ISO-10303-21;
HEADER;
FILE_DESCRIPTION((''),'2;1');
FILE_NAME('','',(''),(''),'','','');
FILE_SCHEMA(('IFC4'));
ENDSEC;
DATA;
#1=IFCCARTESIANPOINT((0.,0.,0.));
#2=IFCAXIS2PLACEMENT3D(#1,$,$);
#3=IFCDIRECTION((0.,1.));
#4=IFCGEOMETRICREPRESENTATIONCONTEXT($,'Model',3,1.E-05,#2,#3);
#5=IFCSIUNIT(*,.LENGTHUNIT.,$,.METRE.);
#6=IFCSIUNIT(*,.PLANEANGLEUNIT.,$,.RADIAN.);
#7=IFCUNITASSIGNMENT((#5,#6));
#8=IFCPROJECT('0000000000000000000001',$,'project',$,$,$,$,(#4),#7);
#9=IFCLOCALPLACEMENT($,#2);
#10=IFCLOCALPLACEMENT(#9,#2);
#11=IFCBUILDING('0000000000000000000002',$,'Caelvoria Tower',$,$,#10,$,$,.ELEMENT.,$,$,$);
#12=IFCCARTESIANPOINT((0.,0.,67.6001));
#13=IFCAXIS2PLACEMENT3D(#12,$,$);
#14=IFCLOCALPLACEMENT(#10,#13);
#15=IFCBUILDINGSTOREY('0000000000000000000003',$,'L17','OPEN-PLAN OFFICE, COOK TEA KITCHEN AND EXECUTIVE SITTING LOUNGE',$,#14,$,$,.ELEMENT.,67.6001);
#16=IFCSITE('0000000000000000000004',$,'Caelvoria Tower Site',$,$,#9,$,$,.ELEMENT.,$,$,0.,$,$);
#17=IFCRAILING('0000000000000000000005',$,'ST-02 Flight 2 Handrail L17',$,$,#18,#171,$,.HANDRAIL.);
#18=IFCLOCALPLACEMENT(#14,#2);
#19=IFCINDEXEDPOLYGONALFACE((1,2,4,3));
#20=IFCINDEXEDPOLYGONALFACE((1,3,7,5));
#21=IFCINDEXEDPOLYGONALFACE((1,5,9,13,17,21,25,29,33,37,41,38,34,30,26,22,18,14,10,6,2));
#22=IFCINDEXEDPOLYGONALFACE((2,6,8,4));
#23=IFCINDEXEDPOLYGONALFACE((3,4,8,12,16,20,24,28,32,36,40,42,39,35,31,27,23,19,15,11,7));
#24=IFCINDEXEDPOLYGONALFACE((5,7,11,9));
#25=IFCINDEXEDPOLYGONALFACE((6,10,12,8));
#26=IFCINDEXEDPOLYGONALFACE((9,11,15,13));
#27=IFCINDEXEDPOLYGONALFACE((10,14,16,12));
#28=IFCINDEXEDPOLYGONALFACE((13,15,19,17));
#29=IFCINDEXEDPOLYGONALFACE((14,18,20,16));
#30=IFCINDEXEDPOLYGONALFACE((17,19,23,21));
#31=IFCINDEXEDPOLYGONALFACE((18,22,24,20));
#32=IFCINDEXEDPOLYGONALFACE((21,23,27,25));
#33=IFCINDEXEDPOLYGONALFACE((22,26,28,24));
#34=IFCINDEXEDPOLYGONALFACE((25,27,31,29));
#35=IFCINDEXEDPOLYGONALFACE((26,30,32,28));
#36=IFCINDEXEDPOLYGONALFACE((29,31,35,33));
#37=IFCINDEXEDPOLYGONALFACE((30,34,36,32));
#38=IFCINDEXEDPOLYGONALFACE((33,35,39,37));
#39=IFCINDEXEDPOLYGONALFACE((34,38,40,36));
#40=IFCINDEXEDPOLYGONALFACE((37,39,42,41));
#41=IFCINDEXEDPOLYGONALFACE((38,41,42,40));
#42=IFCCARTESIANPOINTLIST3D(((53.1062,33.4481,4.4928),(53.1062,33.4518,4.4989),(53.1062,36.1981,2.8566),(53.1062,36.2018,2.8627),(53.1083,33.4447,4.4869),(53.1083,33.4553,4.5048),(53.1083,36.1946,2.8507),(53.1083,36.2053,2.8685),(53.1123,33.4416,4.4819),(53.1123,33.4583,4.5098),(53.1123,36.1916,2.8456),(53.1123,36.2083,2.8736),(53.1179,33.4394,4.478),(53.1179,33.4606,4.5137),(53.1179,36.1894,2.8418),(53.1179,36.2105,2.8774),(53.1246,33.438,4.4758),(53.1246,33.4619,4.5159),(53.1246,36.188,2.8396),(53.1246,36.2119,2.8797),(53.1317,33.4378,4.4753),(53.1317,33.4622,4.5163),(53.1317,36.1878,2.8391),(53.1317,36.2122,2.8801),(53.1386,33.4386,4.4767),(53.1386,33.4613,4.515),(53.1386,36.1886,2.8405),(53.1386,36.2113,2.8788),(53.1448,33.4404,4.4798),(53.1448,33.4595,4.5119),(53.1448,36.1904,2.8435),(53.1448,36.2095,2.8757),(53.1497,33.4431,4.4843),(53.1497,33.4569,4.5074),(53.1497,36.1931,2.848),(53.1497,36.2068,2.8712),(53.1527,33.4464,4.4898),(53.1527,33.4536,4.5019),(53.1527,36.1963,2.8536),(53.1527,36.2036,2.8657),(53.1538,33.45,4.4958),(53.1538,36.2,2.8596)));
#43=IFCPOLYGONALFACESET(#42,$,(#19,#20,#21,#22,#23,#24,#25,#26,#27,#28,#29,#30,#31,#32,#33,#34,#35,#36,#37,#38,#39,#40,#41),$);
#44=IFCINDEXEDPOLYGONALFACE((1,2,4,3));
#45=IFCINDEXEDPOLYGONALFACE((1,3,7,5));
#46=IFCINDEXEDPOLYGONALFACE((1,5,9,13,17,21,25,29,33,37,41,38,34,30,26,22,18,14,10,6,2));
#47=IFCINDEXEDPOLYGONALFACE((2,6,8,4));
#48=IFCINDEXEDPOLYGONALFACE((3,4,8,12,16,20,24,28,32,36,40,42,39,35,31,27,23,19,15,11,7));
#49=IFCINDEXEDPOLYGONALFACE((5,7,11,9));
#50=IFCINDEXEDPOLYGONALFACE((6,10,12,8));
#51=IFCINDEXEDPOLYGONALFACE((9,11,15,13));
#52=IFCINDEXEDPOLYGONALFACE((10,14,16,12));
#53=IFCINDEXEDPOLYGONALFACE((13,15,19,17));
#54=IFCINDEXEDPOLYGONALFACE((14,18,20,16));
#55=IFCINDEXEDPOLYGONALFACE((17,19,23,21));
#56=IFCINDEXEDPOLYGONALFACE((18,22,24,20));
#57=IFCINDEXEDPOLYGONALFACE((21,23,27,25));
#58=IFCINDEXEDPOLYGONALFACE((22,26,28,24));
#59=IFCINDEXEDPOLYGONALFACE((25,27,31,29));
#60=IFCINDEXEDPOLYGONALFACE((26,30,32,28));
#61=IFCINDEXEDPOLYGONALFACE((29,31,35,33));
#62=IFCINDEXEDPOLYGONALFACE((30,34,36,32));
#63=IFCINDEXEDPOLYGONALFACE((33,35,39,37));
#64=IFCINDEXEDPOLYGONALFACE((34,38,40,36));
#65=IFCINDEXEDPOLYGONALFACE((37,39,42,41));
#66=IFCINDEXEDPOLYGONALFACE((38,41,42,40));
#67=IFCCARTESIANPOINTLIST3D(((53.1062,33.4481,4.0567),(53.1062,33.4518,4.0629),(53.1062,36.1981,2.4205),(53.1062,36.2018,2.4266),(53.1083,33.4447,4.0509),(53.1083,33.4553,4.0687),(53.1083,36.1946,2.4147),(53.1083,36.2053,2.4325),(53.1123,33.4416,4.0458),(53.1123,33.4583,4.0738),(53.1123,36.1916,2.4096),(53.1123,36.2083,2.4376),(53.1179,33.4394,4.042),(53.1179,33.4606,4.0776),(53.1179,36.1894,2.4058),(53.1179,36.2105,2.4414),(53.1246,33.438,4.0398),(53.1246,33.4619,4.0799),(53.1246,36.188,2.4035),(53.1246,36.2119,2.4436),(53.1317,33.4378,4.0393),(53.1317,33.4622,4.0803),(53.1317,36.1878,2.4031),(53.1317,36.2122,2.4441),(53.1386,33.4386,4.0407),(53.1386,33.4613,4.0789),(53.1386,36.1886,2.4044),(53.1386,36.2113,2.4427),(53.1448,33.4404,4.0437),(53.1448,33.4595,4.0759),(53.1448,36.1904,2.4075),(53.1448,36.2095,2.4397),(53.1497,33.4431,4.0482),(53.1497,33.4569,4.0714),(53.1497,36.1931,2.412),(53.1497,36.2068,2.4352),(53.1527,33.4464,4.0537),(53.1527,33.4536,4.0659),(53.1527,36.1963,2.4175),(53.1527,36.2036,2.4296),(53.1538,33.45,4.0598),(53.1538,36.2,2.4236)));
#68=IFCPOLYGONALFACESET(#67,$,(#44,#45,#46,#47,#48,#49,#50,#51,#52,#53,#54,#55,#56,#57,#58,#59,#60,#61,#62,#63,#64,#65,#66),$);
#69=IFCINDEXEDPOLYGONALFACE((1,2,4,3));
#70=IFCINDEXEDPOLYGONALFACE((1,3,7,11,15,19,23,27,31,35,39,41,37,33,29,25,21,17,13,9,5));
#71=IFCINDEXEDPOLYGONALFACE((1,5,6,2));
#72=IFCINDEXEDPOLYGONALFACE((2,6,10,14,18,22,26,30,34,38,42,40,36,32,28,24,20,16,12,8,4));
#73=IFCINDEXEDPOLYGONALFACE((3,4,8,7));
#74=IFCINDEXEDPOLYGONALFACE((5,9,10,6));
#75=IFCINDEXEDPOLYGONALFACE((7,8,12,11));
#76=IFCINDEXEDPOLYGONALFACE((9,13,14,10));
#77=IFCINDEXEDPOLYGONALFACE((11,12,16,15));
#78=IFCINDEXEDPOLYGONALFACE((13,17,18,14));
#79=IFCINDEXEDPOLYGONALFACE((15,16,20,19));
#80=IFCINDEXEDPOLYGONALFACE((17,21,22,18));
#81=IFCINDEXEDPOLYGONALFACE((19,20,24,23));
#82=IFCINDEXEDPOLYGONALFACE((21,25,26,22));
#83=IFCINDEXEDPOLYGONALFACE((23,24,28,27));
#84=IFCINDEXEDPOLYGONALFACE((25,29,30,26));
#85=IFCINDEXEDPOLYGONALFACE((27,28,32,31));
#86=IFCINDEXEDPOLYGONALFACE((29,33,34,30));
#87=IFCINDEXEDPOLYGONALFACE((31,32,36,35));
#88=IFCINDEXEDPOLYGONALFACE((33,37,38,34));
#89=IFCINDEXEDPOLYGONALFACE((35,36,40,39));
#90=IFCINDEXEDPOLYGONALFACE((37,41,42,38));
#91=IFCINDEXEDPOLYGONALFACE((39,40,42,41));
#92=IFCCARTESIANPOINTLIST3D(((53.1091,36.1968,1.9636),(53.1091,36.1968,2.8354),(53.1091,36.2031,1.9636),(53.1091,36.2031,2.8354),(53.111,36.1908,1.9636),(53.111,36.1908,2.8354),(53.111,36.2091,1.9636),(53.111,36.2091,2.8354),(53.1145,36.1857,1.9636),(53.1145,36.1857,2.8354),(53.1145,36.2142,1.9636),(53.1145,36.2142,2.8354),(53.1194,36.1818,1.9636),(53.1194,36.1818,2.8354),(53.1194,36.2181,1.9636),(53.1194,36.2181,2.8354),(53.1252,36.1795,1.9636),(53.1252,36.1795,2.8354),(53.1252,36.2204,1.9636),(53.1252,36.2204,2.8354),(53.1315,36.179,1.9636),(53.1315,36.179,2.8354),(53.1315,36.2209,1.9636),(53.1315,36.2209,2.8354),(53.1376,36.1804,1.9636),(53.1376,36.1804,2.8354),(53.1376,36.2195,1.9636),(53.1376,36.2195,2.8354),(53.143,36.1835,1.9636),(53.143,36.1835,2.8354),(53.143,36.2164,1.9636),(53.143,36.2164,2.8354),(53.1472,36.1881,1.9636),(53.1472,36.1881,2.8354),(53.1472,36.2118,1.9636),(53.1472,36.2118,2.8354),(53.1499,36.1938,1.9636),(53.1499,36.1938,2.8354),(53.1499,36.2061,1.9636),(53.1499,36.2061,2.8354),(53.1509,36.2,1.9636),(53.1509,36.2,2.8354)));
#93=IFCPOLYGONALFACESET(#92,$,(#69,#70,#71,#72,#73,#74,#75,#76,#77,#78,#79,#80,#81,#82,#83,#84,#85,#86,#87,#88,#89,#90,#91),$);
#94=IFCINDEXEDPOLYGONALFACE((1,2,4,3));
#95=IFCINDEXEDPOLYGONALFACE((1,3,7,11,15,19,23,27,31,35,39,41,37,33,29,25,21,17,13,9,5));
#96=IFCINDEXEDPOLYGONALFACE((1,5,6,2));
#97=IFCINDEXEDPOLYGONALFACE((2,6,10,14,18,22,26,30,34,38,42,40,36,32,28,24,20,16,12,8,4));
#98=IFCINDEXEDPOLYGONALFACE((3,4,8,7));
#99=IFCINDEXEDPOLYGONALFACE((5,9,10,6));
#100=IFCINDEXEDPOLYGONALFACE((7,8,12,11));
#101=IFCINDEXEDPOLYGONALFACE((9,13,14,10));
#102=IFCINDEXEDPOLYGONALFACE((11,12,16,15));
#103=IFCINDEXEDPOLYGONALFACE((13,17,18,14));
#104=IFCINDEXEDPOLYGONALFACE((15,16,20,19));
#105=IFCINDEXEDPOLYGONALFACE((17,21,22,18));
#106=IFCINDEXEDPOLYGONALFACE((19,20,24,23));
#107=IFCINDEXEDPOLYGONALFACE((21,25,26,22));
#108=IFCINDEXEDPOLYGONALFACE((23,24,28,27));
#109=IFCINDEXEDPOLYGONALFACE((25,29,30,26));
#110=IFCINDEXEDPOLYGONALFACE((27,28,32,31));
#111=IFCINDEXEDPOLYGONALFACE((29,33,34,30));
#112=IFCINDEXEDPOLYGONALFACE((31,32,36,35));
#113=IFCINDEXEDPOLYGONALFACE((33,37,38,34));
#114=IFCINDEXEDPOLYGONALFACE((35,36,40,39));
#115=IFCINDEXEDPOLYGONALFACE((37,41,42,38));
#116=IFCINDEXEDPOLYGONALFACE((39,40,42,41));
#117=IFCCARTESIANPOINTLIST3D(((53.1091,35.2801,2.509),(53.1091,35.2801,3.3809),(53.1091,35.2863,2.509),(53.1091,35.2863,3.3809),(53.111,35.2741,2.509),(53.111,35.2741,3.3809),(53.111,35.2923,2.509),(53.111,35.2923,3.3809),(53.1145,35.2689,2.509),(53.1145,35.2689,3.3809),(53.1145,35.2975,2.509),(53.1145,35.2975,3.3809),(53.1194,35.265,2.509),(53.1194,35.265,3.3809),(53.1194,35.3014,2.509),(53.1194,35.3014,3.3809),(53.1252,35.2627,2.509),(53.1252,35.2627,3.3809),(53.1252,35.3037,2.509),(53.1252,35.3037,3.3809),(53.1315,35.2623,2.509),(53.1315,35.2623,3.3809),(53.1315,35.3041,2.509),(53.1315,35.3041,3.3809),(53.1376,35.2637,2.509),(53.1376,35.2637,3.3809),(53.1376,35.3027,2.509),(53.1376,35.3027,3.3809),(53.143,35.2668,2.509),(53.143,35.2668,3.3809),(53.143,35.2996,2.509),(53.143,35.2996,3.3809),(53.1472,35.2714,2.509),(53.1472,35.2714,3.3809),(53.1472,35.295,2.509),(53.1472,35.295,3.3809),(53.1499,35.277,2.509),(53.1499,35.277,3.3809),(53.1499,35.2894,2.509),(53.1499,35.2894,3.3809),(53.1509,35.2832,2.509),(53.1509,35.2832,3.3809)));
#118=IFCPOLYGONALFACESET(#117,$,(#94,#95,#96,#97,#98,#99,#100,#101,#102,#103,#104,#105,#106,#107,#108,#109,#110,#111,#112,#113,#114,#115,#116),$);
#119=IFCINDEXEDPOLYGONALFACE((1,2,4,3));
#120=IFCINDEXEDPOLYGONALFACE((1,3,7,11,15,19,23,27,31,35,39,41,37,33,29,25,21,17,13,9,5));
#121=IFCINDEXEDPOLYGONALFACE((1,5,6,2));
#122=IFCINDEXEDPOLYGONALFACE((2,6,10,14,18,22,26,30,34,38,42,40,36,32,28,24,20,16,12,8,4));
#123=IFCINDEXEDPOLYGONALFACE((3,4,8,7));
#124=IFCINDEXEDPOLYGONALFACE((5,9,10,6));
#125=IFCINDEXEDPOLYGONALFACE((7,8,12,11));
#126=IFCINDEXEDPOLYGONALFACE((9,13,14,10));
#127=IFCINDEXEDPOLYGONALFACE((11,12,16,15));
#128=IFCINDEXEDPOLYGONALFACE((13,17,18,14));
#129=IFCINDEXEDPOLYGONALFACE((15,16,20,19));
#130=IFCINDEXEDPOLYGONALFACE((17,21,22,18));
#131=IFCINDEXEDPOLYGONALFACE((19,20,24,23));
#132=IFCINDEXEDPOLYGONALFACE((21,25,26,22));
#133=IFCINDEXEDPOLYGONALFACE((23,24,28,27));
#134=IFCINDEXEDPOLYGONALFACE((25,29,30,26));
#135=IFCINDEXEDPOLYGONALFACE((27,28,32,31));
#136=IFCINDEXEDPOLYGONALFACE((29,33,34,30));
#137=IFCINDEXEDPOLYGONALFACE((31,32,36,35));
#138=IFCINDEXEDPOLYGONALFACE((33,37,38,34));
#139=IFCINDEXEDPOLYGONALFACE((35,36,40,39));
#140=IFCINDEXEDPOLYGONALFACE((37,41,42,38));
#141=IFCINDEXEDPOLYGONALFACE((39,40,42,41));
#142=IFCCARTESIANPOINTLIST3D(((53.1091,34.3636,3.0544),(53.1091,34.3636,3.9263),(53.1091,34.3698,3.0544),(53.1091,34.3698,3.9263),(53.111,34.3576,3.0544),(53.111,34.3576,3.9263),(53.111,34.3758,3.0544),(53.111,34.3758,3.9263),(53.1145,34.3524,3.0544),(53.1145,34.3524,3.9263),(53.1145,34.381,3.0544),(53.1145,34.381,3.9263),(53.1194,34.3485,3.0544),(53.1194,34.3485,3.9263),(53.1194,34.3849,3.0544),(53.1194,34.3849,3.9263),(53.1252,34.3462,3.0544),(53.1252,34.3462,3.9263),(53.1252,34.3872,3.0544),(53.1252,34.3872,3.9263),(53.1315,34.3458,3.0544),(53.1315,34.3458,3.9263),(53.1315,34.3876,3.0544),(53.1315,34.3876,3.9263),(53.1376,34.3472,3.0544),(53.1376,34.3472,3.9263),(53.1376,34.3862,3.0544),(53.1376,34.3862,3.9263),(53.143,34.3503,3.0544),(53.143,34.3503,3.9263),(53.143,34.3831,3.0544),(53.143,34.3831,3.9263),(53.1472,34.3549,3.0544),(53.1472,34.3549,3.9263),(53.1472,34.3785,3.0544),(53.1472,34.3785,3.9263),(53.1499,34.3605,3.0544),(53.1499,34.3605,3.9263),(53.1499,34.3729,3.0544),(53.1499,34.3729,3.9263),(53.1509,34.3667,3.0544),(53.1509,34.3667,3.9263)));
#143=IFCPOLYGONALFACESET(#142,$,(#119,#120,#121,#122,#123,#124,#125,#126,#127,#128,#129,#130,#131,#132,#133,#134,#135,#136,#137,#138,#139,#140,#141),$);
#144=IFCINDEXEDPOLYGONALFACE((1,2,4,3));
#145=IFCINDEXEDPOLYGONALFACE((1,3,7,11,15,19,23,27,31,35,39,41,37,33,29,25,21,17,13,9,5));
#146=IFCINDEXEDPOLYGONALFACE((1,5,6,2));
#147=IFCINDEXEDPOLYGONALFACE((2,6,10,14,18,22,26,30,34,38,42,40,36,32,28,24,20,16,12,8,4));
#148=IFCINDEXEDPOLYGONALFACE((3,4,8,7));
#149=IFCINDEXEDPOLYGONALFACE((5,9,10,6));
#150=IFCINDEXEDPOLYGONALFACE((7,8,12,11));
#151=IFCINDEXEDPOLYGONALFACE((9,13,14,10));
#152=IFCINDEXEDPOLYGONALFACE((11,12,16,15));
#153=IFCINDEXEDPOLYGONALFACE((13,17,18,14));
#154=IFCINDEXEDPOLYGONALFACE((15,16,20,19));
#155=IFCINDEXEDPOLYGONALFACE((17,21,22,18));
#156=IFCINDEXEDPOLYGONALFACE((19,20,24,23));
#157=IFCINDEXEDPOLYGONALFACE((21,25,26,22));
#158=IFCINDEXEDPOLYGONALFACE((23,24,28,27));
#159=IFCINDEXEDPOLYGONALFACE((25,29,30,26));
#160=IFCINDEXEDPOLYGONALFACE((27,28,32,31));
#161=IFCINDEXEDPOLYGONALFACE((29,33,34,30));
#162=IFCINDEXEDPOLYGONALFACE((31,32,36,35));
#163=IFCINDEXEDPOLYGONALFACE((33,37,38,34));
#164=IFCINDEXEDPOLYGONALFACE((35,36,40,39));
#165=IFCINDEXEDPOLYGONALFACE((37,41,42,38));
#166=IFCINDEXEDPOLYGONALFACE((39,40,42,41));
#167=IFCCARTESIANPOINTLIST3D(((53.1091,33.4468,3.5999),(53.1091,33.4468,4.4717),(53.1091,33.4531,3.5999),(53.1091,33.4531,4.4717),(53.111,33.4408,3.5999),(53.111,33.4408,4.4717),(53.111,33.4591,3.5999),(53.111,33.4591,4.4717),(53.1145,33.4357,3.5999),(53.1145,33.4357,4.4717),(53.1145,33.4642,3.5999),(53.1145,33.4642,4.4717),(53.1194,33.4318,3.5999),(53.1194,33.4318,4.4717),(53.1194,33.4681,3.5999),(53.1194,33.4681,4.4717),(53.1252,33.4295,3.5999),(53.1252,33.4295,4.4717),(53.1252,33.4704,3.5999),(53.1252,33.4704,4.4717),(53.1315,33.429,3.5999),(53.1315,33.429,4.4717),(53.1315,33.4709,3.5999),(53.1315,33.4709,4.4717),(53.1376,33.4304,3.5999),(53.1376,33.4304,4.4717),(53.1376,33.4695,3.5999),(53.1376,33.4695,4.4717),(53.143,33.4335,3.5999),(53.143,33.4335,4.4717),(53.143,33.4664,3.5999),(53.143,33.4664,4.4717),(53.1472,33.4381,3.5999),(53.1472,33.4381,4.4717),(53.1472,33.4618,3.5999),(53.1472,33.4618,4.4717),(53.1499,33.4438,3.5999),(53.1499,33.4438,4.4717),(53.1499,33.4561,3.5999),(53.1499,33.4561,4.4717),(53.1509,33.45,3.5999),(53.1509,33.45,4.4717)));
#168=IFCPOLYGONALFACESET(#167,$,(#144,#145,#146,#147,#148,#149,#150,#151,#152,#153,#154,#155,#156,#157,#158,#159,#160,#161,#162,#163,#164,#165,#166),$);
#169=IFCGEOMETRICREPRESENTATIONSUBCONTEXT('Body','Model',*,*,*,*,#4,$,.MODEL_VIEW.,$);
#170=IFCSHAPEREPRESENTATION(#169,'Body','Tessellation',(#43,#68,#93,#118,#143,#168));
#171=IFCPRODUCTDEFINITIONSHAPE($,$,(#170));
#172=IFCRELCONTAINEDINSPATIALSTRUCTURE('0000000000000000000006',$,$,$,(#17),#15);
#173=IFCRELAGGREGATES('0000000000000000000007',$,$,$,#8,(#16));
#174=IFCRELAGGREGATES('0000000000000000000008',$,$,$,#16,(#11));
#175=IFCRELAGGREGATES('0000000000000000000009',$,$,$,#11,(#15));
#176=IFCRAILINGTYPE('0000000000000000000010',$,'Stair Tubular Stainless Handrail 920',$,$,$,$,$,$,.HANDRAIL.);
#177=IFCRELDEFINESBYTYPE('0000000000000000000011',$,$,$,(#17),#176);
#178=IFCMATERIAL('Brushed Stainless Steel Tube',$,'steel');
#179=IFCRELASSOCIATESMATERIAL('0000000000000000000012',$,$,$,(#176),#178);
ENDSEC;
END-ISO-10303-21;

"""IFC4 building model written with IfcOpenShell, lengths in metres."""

from ifc_helpers import new_model, si_unit, direction, frame, origin, origin_2d, place, context, subcontext, project, spatial, circle, extrude, material, type_object, element, save


model = new_model("IFC4")

# Units and contexts
model_context = context("Model", 3, precision=1e-05, world=origin(), true_north=direction((0.0, 1.0)))
body_context = subcontext(model_context, "Body", "Model", "MODEL_VIEW")
ifc_project = project(units=[si_unit("LENGTHUNIT", "METRE"), si_unit("PLANEANGLEUNIT", "RADIAN")], contexts=[model_context])

# Site, building, storey
site_placement = place(None, origin())
site = spatial("IfcSite", under=ifc_project, at=site_placement, Name="Caelvoria Tower Site", CompositionType="ELEMENT", RefElevation=0.0)
building_placement = place(site_placement, origin())
building = spatial("IfcBuilding", under=site, at=building_placement, Name="Caelvoria Tower", CompositionType="ELEMENT")
storey_placement = place(building_placement, frame((0.0, 0.0, 67.6001)))
storey = spatial("IfcBuildingStorey", under=building, at=storey_placement, Name="L17", Description="OPEN-PLAN OFFICE, COOK TEA KITCHEN AND EXECUTIVE SITTING LOUNGE", CompositionType="ELEMENT", Elevation=67.6001)

# Railing
ifc_material_1 = material(Name="Brushed Stainless Steel Tube", Category="steel")
railing_type_1 = type_object("IfcRailingType", Name="Stair Tubular Stainless Handrail 920", PredefinedType="HANDRAIL", material=ifc_material_1)
railing_1_placement = place(storey_placement, frame((53.1299, 36.2, 1.9636)))
element("IfcRailing", 1, at=railing_1_placement, inside=storey, type_object=railing_type_1, Name="ST-02 Flight 2 Handrail L17", PredefinedType="HANDRAIL", context=body_context, shape_type="SweptSolid", body=[
    extrude(circle(Radius=0.0239, at=origin_2d()), frame((0.0, 0.0, 0.896), z_axis=(0.0, -0.859385, 0.511328), x_axis=(1.0, 0.0, 0.0)), (0.0, 0.0, 1.0), 3.2),
    extrude(circle(Radius=0.0239, at=origin_2d()), frame((0.0, 0.0, 0.46), z_axis=(0.0, -0.859385, 0.511328), x_axis=(1.0, 0.0, 0.0)), (0.0, 0.0, 1.0), 3.2),
    extrude(circle(Radius=0.021, at=origin_2d()), origin(), (0.0, 0.0, 1.0), 0.8718),
    extrude(circle(Radius=0.021, at=origin_2d()), frame((0.0, -0.9167, 0.5454)), (0.0, 0.0, 1.0), 0.8718),
    extrude(circle(Radius=0.021, at=origin_2d()), frame((0.0, -1.8333, 1.0908)), (0.0, 0.0, 1.0), 0.8718),
    extrude(circle(Radius=0.021, at=origin_2d()), frame((0.0, -2.75, 1.6362)), (0.0, 0.0, 1.0), 0.8718),
])

save(model, "model.ifc")
